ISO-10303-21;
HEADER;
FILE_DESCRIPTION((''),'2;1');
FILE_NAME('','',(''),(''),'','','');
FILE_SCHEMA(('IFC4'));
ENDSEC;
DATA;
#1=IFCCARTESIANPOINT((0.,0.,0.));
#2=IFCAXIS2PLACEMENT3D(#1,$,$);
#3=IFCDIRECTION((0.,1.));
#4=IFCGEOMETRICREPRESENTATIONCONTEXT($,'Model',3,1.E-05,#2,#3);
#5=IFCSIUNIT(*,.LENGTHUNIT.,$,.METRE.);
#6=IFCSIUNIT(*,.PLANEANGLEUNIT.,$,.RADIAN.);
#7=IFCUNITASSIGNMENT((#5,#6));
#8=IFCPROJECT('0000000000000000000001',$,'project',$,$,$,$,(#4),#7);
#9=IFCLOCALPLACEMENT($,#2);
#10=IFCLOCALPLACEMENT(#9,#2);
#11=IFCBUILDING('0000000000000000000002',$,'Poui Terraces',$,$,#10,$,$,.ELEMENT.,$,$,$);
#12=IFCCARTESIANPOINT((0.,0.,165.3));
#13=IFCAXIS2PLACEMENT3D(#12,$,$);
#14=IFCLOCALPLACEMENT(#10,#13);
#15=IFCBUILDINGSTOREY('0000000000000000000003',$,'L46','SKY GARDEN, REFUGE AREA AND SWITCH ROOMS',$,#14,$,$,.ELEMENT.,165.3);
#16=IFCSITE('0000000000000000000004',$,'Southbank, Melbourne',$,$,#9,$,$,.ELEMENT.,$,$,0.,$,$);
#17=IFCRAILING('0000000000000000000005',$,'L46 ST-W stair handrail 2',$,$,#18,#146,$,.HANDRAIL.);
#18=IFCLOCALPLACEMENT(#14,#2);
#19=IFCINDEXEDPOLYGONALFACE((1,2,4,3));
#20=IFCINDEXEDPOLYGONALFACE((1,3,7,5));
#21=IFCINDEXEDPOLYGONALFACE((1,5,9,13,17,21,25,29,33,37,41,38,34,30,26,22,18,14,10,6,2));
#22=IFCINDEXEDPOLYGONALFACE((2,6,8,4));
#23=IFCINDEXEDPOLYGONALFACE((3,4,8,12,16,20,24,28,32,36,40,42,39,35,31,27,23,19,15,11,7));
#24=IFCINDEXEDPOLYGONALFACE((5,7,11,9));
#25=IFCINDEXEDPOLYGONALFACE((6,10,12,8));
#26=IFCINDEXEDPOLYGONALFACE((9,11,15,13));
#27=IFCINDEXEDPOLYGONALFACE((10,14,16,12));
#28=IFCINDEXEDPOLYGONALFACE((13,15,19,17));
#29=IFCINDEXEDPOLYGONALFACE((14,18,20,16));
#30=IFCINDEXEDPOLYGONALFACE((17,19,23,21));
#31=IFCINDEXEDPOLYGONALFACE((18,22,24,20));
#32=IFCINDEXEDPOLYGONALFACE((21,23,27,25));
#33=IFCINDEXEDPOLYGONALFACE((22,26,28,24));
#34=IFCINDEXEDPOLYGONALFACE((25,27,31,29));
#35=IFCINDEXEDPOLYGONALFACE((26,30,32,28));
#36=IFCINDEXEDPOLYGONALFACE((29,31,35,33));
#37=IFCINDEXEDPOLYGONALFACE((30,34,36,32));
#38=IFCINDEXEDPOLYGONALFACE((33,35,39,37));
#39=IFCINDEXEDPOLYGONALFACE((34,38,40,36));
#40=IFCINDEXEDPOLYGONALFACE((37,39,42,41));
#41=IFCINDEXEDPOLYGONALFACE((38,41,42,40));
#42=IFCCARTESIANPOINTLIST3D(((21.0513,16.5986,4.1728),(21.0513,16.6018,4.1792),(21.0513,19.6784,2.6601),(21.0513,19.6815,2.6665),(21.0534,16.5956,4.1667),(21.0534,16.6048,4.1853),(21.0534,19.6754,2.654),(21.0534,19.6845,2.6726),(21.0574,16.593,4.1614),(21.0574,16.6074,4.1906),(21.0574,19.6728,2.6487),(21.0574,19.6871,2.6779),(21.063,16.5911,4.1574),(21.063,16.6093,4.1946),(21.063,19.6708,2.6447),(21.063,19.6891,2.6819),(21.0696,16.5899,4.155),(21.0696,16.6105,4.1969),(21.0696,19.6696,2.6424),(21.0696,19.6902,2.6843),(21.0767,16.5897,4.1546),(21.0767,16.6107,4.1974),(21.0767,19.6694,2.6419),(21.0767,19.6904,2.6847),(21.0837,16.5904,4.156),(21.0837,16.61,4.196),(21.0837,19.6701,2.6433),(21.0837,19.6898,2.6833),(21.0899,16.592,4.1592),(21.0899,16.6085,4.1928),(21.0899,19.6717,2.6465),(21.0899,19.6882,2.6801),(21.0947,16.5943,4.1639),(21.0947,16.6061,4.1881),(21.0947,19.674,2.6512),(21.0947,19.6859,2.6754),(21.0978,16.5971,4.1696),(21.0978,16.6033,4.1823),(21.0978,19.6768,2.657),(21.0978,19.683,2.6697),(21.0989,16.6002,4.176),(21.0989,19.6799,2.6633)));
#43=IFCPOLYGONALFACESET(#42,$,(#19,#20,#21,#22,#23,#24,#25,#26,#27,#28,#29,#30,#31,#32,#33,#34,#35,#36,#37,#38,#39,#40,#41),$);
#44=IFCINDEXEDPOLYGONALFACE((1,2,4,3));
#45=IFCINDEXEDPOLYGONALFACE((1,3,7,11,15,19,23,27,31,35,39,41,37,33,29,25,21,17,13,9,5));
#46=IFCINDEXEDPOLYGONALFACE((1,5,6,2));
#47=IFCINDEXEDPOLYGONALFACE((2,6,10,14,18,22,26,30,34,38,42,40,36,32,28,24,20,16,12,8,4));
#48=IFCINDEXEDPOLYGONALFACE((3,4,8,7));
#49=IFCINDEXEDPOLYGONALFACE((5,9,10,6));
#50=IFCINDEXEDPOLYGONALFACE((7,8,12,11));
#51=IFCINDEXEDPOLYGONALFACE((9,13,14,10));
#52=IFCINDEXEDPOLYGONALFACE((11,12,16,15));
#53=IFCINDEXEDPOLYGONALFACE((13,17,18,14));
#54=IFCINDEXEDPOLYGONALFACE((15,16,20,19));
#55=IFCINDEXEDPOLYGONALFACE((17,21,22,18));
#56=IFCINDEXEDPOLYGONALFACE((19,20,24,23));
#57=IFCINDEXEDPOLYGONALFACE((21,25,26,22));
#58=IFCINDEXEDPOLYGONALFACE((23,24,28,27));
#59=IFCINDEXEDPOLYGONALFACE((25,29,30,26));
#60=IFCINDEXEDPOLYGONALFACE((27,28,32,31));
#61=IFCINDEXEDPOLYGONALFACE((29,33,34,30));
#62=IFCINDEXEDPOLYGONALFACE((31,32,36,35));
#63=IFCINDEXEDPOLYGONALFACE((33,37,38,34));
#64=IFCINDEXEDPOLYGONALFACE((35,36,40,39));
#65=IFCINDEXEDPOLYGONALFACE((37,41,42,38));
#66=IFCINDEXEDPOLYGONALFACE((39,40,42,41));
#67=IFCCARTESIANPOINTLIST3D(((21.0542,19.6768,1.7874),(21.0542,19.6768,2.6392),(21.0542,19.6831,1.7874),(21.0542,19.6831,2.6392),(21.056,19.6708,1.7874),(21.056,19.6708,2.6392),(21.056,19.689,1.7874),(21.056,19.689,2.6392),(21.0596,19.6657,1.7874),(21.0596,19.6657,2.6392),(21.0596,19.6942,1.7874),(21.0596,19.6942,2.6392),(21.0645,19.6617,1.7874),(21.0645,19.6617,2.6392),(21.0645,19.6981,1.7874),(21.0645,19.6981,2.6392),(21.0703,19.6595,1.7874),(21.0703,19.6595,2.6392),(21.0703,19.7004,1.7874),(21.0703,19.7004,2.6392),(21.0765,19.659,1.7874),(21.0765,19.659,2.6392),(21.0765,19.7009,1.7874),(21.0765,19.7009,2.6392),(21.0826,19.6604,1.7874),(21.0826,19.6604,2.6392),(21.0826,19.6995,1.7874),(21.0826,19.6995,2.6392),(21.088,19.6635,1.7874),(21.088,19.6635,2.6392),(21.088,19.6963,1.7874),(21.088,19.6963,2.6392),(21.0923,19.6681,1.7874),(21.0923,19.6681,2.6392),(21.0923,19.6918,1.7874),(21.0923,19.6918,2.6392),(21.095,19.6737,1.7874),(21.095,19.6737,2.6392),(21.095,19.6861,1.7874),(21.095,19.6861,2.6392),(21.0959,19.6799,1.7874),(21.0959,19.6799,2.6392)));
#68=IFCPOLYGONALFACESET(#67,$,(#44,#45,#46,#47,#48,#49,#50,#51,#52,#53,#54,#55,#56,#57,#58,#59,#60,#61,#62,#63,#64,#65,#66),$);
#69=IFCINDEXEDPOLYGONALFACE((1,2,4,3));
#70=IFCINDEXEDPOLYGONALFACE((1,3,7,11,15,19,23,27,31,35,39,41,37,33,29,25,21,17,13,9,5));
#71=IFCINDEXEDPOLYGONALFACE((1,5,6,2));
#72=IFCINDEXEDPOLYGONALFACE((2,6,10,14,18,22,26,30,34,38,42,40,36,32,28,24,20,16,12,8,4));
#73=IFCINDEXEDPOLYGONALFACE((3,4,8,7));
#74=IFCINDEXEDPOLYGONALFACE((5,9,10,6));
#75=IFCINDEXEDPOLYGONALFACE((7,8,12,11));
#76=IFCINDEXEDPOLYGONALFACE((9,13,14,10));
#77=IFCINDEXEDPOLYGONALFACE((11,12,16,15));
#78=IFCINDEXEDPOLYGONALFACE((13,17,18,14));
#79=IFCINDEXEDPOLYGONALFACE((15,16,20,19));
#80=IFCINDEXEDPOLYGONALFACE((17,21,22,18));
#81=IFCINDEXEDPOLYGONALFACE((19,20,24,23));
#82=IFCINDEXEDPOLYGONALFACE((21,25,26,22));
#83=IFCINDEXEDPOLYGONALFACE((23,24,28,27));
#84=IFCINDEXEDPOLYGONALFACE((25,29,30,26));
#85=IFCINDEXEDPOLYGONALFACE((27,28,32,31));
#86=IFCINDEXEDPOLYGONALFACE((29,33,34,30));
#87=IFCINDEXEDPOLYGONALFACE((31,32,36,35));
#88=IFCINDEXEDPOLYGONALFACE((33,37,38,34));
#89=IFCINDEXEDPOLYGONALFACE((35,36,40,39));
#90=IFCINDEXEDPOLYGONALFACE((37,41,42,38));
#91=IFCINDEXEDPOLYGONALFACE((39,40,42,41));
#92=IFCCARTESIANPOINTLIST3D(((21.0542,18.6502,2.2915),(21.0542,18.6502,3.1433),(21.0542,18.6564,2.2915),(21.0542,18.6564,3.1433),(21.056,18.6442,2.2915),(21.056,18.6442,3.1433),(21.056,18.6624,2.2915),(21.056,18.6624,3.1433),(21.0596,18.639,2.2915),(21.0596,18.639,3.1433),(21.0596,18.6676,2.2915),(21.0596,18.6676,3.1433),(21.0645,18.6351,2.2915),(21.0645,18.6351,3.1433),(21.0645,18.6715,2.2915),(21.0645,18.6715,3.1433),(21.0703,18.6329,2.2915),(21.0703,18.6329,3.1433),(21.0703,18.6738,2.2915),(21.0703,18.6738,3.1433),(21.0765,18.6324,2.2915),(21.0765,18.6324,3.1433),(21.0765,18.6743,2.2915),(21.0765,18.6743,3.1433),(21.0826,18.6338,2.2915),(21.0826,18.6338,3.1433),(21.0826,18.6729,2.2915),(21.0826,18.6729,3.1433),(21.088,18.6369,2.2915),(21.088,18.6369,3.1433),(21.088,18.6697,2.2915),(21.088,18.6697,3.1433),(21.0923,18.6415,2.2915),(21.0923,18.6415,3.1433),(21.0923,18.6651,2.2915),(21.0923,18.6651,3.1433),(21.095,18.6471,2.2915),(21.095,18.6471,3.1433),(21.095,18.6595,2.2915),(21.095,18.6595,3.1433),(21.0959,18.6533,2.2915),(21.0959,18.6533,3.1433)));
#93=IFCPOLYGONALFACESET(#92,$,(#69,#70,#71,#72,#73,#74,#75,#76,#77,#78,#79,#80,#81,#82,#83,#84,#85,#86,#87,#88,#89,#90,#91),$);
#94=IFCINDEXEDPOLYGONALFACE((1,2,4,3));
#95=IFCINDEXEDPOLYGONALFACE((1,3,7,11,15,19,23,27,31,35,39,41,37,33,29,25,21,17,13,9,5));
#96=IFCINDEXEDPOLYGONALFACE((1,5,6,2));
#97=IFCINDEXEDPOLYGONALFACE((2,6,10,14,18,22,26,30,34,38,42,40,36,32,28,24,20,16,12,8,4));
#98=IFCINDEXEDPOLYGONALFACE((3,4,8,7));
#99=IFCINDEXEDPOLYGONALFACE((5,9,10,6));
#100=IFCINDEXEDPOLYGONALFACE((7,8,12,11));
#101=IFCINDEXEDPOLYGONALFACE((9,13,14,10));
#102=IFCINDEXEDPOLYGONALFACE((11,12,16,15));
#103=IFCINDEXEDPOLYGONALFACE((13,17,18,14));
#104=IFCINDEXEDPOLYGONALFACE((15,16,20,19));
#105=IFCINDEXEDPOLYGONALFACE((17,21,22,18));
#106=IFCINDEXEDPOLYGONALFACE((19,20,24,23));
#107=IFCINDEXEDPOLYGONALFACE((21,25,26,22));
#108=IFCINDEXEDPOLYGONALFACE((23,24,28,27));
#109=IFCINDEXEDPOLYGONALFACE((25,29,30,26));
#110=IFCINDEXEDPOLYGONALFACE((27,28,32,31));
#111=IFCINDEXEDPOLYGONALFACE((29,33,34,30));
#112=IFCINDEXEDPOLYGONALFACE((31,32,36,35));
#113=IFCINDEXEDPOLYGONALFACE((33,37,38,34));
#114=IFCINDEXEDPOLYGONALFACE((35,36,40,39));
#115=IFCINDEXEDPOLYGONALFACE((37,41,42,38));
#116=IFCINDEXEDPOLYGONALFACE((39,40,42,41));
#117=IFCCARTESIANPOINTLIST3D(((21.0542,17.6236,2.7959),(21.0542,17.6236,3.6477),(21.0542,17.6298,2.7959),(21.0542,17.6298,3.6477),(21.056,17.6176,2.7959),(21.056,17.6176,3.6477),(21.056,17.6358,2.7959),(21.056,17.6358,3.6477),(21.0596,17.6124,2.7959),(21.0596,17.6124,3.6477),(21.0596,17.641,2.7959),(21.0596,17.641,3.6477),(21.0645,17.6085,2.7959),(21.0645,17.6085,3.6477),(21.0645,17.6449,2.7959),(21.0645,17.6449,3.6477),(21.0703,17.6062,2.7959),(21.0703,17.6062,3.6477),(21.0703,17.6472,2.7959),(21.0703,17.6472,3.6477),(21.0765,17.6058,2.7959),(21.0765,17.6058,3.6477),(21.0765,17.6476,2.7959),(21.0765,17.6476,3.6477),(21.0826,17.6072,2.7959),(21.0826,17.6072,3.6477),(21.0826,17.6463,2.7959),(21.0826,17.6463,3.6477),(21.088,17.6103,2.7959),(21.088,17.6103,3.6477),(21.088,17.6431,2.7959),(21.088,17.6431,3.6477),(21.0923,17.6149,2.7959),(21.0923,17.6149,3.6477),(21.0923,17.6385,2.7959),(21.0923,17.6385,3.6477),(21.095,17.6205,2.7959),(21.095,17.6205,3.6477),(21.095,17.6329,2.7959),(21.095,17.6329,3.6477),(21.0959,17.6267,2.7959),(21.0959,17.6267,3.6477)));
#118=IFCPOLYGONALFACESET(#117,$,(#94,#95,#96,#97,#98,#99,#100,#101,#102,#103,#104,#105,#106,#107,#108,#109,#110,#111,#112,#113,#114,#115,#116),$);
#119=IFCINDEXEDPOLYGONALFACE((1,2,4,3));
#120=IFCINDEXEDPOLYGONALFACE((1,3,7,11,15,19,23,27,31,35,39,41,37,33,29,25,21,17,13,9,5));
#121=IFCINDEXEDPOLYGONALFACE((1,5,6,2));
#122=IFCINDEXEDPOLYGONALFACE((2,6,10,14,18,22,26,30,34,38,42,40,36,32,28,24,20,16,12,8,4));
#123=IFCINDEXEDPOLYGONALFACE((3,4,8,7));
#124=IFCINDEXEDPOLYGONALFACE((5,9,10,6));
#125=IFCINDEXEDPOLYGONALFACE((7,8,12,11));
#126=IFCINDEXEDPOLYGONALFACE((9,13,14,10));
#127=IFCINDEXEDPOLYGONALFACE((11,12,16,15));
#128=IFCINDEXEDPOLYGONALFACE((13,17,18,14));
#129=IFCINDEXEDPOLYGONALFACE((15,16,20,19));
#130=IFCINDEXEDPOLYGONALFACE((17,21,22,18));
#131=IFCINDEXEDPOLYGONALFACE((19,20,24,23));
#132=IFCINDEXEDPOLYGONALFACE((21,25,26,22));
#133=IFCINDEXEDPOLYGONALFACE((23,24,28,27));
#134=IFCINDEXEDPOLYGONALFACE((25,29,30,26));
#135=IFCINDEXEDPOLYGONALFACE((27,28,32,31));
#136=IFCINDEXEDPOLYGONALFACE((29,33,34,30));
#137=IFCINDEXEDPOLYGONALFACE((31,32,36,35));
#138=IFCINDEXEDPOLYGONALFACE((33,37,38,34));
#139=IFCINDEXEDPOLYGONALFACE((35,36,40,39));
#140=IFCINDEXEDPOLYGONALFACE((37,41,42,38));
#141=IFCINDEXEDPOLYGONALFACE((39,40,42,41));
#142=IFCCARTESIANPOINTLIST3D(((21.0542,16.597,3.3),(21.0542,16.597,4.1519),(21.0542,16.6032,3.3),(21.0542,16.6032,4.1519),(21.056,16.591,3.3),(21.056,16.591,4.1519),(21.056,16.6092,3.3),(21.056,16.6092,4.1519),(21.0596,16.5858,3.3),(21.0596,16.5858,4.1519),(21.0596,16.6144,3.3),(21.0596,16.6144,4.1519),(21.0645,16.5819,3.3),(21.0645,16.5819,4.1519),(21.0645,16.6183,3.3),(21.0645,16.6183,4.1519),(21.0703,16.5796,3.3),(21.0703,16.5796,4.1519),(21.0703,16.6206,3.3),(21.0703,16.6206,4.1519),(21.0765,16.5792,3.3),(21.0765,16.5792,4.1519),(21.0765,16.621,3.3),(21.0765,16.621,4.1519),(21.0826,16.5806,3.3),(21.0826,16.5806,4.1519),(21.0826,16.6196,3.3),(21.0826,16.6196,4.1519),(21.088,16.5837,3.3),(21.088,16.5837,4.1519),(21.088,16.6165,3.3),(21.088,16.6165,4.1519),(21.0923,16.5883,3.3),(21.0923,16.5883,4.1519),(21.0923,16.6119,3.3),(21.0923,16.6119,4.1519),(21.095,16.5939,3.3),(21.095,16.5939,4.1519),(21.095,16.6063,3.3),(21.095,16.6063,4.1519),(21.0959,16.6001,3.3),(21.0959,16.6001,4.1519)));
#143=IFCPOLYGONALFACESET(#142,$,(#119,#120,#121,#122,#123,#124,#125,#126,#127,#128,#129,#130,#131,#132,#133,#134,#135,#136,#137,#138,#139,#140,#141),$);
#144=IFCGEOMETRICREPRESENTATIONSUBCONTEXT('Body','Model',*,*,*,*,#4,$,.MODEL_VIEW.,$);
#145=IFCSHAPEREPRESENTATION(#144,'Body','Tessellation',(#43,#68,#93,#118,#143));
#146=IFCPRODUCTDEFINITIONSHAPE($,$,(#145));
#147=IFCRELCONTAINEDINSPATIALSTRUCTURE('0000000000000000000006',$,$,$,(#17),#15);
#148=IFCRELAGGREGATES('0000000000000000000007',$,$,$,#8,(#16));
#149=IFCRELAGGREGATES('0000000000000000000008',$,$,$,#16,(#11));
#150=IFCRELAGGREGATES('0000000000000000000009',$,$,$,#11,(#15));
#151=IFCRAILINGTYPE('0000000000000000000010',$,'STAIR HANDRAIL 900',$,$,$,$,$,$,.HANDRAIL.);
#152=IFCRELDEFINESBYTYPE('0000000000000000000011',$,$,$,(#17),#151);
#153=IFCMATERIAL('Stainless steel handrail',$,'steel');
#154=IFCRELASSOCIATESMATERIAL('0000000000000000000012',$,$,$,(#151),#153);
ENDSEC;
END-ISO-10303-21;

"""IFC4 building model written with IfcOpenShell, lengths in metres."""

from ifc_helpers import new_model, si_unit, direction, frame, origin, origin_2d, place, context, subcontext, project, spatial, circle, extrude, material, type_object, element, save


model = new_model("IFC4")

# Units and contexts
model_context = context("Model", 3, precision=1e-05, world=origin(), true_north=direction((0.0, 1.0)))
body_context = subcontext(model_context, "Body", "Model", "MODEL_VIEW")
ifc_project = project(units=[si_unit("LENGTHUNIT", "METRE"), si_unit("PLANEANGLEUNIT", "RADIAN")], contexts=[model_context])

# Site, building, storey
site_placement = place(None, origin())
site = spatial("IfcSite", under=ifc_project, at=site_placement, Name="Southbank, Melbourne", CompositionType="ELEMENT", RefElevation=0.0)
building_placement = place(site_placement, origin())
building = spatial("IfcBuilding", under=site, at=building_placement, Name="Poui Terraces", CompositionType="ELEMENT")
storey_placement = place(building_placement, frame((0.0, 0.0, 165.3)))
storey = spatial("IfcBuildingStorey", under=building, at=storey_placement, Name="L46", Description="SKY GARDEN, REFUGE AREA AND SWITCH ROOMS", CompositionType="ELEMENT", Elevation=165.3)

# Railing
ifc_material_1 = material(Name="Stainless steel handrail", Category="steel")
railing_type = type_object("IfcRailingType", Name="STAIR HANDRAIL 900", PredefinedType="HANDRAIL", material=ifc_material_1)
railing_1_placement = place(storey_placement, frame((21.075, 19.6799, 1.7874)))
element("IfcRailing", 1, at=railing_1_placement, inside=storey, type_object=railing_type, Name="L46 ST-W stair handrail 2", PredefinedType="HANDRAIL", context=body_context, shape_type="SweptSolid", body=[
    extrude(circle(Radius=0.0239, at=origin_2d()), frame((0.0, 0.0, 0.876), z_axis=(0.0, -0.897578, 0.440856), x_axis=(1.0, 0.0, 0.0)), (0.0, 0.0, 1.0), 3.4312),
    extrude(circle(Radius=0.021, at=origin_2d()), origin(), (0.0, 0.0, 1.0), 0.8518),
    extrude(circle(Radius=0.021, at=origin_2d()), frame((0.0, -1.0266, 0.5042)), (0.0, 0.0, 1.0), 0.8518),
    extrude(circle(Radius=0.021, at=origin_2d()), frame((0.0, -2.0532, 1.0085)), (0.0, 0.0, 1.0), 0.8518),
    extrude(circle(Radius=0.021, at=origin_2d()), frame((0.0, -3.0798, 1.5127)), (0.0, 0.0, 1.0), 0.8518),
])

save(model, "model.ifc")
